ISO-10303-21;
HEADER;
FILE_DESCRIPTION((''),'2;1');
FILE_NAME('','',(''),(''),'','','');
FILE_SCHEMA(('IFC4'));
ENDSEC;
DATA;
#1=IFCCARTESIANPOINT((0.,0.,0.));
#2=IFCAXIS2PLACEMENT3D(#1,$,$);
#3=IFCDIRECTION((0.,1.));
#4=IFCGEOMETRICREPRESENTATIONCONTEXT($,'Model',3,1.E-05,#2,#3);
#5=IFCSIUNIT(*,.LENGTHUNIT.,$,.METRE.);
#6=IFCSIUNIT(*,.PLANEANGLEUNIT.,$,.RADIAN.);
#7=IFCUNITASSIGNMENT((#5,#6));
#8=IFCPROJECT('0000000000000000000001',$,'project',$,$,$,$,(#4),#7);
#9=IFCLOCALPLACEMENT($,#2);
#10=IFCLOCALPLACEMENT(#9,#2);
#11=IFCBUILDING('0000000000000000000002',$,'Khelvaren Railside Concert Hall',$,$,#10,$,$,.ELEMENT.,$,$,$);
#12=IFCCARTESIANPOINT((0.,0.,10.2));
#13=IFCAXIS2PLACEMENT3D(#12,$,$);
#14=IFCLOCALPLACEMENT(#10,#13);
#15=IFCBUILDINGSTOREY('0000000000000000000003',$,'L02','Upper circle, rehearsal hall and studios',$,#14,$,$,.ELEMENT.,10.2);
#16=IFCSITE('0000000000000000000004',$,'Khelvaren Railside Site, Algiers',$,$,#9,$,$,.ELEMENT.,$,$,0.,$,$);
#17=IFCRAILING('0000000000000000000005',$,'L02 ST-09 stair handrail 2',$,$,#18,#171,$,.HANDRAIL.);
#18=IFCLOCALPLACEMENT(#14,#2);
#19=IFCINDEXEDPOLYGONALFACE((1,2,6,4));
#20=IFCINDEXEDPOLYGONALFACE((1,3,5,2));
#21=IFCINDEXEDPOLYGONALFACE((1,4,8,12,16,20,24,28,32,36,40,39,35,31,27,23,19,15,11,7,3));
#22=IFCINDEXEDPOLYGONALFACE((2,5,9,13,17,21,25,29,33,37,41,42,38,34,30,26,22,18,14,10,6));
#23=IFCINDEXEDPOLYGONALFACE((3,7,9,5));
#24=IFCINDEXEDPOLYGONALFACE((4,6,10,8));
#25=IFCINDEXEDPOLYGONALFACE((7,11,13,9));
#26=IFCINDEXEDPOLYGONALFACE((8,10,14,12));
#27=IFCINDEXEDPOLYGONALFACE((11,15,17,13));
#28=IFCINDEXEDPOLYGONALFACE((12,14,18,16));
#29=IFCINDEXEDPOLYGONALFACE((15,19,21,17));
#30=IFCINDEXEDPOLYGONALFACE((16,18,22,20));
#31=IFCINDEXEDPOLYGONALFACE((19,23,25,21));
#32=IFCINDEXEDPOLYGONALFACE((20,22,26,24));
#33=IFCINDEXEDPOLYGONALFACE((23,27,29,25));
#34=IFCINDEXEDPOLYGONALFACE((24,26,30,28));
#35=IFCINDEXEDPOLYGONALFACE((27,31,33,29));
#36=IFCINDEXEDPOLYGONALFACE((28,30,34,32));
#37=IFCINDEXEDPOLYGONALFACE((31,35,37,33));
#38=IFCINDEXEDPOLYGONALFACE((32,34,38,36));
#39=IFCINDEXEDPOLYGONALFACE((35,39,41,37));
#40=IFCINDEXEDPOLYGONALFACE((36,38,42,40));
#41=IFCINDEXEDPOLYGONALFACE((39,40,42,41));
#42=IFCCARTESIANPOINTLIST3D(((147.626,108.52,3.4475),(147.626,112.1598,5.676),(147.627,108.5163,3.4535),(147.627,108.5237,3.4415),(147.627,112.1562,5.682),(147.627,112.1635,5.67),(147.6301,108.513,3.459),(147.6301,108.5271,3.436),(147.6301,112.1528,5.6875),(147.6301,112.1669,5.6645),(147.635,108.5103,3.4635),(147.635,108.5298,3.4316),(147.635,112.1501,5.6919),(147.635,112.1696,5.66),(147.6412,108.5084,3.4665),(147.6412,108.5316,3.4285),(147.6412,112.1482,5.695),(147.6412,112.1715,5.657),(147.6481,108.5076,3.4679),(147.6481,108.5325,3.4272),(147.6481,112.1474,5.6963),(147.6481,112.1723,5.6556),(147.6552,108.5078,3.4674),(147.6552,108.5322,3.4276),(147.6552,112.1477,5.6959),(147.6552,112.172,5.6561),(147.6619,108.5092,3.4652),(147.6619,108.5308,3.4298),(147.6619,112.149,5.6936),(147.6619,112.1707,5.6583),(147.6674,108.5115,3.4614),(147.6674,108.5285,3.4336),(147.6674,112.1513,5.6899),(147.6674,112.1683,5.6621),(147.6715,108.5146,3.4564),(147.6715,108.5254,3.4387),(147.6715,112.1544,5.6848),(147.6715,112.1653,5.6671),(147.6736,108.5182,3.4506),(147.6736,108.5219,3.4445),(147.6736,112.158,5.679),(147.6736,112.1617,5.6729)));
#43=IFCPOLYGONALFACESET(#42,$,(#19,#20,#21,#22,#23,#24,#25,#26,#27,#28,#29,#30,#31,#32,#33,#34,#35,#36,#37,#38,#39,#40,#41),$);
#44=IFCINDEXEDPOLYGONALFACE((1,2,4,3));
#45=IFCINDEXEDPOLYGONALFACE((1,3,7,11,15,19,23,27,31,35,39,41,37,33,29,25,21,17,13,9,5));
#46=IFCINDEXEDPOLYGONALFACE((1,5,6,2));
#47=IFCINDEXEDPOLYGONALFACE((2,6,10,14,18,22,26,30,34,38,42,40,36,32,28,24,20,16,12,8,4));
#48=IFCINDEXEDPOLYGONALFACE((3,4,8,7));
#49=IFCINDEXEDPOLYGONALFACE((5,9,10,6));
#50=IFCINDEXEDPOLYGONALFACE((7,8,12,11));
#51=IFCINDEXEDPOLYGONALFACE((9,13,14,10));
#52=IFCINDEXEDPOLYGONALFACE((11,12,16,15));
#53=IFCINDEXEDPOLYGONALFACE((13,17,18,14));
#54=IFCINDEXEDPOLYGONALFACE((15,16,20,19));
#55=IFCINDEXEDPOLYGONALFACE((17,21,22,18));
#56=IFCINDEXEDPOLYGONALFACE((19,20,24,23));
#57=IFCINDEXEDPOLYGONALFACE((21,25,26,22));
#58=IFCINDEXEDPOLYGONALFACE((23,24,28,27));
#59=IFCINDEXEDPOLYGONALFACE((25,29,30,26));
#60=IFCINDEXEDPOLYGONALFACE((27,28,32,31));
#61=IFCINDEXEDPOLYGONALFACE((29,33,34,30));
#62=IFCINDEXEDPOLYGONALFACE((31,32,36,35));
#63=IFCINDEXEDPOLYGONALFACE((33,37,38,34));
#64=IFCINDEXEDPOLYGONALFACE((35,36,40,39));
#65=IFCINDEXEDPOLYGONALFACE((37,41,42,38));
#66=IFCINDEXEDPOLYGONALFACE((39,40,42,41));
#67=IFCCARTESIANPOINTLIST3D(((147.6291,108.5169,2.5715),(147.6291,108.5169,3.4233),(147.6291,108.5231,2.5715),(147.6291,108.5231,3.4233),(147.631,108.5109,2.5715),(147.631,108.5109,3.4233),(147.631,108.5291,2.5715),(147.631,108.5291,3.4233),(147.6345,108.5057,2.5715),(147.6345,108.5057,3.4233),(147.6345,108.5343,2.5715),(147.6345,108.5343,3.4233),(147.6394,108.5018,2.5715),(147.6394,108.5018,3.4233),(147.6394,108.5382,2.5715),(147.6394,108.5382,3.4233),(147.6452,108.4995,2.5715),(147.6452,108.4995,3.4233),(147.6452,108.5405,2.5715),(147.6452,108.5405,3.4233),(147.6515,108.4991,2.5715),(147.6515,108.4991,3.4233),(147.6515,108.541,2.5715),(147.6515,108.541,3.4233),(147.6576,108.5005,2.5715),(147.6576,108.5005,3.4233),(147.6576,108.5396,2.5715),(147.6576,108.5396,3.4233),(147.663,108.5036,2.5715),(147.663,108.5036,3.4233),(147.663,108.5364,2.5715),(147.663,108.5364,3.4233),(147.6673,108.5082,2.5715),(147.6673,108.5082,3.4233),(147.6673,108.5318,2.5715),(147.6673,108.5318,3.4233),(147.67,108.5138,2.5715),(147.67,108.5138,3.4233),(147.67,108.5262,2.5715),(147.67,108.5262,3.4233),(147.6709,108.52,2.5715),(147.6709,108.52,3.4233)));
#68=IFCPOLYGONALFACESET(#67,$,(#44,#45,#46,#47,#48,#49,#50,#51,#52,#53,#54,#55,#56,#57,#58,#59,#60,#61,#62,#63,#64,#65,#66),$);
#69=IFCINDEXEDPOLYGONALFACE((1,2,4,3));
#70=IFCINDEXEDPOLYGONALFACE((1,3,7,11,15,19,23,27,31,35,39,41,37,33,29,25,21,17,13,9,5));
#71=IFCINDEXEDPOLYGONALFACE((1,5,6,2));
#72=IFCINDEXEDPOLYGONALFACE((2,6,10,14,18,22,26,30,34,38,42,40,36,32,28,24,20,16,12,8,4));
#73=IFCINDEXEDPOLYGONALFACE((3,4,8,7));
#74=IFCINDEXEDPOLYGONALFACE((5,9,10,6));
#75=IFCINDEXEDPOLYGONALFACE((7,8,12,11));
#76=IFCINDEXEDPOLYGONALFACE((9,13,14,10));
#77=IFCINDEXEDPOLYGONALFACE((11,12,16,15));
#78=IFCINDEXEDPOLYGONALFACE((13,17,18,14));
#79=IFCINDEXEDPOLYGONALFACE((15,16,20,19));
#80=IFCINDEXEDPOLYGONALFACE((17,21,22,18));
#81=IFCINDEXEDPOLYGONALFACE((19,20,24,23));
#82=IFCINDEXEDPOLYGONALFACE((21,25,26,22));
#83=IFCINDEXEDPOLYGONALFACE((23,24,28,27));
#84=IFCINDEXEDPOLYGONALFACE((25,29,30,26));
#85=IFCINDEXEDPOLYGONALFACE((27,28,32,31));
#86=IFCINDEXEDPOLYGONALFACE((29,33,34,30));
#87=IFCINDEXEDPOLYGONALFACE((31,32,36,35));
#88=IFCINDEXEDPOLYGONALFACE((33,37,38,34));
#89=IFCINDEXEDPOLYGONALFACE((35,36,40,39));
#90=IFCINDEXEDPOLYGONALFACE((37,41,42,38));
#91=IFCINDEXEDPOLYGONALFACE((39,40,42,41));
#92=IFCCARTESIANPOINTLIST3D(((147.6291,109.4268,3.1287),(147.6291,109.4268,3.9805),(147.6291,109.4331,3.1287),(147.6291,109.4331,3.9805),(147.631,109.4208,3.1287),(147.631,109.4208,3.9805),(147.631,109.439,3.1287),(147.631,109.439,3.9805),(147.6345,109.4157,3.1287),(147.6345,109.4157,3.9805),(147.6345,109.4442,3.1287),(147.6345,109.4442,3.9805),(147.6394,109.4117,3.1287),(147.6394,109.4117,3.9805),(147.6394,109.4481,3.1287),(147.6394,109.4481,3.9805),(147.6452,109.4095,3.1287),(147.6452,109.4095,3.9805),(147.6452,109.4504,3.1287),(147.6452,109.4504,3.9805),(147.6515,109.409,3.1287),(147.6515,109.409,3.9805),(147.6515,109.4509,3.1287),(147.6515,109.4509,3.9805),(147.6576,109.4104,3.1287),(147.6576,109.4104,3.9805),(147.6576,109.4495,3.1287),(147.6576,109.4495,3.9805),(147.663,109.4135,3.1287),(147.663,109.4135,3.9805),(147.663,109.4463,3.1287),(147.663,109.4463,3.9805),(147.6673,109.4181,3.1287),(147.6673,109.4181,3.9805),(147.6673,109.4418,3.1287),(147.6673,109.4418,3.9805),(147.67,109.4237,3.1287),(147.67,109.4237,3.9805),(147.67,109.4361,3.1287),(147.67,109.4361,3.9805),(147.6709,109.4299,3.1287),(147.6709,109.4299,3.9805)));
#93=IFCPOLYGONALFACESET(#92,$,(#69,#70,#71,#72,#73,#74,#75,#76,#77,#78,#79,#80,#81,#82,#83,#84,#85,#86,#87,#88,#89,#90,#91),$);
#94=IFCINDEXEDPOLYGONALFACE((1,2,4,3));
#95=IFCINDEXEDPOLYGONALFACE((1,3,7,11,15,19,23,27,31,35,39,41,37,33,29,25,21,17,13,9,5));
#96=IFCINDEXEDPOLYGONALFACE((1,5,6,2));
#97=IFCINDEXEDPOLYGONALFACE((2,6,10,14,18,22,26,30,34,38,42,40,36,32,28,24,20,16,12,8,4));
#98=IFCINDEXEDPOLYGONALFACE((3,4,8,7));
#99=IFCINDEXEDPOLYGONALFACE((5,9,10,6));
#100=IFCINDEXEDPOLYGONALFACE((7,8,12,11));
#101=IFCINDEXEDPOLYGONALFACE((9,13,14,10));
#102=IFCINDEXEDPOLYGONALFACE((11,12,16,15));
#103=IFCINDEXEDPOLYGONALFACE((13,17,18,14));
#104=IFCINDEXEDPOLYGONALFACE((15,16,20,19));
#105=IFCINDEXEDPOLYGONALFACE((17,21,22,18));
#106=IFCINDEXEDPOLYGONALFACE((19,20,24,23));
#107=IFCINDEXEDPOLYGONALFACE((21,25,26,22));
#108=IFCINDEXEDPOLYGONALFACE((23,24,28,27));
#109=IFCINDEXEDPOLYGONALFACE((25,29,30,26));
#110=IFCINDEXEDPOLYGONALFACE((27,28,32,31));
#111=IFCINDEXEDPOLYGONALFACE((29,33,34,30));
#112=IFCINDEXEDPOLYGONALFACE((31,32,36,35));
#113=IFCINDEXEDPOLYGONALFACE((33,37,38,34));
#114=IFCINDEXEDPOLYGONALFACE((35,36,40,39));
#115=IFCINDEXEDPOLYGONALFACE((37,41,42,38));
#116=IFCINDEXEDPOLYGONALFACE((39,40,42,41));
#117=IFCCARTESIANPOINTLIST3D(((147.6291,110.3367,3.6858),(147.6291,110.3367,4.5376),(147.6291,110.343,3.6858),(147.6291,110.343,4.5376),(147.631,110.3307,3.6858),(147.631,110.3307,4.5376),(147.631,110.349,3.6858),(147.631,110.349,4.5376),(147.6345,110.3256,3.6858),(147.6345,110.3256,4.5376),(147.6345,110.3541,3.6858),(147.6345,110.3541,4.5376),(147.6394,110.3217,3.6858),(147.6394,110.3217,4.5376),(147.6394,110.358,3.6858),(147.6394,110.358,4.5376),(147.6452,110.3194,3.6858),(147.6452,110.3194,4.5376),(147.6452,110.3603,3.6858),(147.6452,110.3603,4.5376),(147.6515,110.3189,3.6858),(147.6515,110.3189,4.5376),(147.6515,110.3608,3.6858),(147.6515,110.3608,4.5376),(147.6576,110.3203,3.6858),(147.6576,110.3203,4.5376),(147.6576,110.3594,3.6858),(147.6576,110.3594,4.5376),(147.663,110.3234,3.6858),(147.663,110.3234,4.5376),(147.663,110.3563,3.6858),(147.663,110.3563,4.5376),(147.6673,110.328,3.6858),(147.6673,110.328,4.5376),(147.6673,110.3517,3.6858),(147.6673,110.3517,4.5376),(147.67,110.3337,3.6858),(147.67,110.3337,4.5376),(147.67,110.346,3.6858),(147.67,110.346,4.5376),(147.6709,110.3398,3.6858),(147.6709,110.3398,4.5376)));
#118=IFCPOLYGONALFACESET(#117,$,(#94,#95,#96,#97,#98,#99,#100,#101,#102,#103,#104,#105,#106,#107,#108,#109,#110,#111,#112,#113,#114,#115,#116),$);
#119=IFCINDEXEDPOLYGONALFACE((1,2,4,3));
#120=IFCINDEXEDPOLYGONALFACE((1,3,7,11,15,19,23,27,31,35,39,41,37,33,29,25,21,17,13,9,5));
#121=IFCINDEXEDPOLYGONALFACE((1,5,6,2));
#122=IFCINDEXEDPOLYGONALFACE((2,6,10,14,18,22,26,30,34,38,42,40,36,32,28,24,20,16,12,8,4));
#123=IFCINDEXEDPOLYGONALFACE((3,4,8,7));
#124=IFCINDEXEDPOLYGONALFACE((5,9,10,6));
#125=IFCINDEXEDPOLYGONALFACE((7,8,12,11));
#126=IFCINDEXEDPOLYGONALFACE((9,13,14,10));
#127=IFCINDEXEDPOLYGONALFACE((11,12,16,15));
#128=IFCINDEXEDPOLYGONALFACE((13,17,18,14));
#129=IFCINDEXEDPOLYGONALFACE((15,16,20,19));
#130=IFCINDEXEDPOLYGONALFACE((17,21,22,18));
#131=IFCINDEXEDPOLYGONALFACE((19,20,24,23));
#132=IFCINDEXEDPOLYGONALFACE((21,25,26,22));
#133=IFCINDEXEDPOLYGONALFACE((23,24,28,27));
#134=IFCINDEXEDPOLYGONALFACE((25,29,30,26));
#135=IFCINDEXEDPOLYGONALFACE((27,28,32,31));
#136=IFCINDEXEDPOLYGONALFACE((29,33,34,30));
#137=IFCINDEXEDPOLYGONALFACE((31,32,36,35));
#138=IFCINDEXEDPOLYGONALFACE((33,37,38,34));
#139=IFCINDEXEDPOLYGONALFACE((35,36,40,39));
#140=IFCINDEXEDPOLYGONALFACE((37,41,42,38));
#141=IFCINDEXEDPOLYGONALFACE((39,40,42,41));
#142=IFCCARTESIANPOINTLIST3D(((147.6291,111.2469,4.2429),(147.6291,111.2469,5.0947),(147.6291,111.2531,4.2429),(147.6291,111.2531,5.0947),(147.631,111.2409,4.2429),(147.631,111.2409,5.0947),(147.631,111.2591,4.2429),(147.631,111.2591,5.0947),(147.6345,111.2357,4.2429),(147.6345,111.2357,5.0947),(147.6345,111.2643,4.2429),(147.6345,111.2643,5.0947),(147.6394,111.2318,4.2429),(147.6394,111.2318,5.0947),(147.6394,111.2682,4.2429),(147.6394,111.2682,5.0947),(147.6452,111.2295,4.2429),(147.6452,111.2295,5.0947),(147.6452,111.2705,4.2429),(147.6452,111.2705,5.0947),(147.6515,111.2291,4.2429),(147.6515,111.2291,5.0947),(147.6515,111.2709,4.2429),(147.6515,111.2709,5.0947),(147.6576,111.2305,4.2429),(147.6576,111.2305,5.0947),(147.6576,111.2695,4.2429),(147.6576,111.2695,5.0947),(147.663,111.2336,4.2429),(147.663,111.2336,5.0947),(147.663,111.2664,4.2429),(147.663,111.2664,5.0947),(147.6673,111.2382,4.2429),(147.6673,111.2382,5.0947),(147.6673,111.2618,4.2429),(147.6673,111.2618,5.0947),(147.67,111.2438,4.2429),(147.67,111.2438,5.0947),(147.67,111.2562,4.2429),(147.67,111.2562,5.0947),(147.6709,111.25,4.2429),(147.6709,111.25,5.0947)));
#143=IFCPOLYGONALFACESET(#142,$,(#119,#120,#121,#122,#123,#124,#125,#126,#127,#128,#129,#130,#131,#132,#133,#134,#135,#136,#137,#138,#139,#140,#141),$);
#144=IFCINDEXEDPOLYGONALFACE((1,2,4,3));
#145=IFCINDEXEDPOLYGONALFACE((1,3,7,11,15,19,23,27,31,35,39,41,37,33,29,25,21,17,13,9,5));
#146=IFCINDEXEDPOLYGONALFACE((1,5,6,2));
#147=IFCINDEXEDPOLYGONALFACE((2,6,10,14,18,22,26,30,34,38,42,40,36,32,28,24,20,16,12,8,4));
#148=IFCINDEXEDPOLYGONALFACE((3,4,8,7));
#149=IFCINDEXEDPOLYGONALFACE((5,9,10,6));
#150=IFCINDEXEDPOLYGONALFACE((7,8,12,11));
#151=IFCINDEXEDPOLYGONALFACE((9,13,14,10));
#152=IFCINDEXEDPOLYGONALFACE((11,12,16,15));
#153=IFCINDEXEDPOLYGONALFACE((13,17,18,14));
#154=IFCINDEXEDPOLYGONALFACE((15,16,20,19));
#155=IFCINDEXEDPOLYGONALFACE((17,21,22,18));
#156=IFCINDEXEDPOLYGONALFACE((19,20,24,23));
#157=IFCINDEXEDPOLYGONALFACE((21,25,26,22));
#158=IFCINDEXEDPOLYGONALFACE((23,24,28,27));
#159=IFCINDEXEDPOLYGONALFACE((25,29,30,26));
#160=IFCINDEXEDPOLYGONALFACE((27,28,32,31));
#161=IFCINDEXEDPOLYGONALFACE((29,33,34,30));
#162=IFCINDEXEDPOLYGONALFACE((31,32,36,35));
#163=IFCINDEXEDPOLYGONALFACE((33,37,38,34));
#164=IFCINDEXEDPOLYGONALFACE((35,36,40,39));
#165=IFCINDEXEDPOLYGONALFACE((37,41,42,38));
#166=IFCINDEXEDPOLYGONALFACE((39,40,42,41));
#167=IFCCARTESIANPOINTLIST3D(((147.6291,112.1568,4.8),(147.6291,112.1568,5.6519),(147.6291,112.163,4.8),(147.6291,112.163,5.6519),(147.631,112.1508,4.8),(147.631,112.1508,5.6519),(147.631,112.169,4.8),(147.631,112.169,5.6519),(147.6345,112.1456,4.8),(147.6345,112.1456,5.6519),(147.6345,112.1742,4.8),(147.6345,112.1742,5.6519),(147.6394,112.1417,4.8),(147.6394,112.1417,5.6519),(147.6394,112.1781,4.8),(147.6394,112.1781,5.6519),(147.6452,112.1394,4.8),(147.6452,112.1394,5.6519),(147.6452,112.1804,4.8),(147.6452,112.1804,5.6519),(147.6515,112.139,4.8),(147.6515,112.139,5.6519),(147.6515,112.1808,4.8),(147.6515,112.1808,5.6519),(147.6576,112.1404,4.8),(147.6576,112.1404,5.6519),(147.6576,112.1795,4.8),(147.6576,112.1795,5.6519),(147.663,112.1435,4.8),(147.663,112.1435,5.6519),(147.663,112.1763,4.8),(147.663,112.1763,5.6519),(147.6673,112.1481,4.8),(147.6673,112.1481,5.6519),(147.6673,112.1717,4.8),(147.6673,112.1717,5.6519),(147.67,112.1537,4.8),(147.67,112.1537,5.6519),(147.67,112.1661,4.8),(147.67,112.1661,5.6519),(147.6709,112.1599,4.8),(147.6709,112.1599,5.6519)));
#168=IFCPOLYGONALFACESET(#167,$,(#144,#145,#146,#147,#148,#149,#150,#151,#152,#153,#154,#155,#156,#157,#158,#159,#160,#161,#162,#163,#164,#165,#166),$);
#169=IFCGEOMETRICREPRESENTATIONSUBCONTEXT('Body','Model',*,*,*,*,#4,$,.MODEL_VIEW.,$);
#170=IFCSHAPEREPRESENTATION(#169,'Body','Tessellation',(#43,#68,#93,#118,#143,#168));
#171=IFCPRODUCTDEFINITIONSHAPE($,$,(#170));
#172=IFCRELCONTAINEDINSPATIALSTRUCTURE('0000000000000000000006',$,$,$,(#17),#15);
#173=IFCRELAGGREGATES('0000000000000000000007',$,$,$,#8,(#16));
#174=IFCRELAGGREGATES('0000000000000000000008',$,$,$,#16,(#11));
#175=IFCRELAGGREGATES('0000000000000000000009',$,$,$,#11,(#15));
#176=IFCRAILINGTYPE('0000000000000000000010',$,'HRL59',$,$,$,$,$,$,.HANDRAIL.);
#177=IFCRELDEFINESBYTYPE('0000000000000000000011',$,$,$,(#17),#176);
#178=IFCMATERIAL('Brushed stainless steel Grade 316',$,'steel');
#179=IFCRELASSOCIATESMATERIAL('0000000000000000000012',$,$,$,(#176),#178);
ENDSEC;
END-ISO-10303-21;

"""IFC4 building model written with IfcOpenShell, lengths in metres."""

from ifc_helpers import new_model, si_unit, direction, frame, origin, origin_2d, place, context, subcontext, project, spatial, circle, extrude, material, type_object, element, save


model = new_model("IFC4")

# Units and contexts
model_context = context("Model", 3, precision=1e-05, world=origin(), true_north=direction((0.0, 1.0)))
body_context = subcontext(model_context, "Body", "Model", "MODEL_VIEW")
ifc_project = project(units=[si_unit("LENGTHUNIT", "METRE"), si_unit("PLANEANGLEUNIT", "RADIAN")], contexts=[model_context])

# Site, building, storey
site_placement = place(None, origin())
site = spatial("IfcSite", under=ifc_project, at=site_placement, Name="Khelvaren Railside Site, Algiers", CompositionType="ELEMENT", RefElevation=0.0)
building_placement = place(site_placement, origin())
building = spatial("IfcBuilding", under=site, at=building_placement, Name="Khelvaren Railside Concert Hall", CompositionType="ELEMENT")
storey_placement = place(building_placement, frame((0.0, 0.0, 10.2)))
storey = spatial("IfcBuildingStorey", under=building, at=storey_placement, Name="L02", Description="Upper circle, rehearsal hall and studios", CompositionType="ELEMENT", Elevation=10.2)

# Railing
ifc_material_1 = material(Name="Brushed stainless steel Grade 316", Category="steel")
railing_type_1 = type_object("IfcRailingType", Name="HRL59", PredefinedType="HANDRAIL", material=ifc_material_1)
railing_1_placement = place(storey_placement, frame((147.6499, 108.52, 2.5715)))
element("IfcRailing", 1, at=railing_1_placement, inside=storey, type_object=railing_type_1, Name="L02 ST-09 stair handrail 2", PredefinedType="HANDRAIL", context=body_context, shape_type="SweptSolid", body=[
    extrude(circle(Radius=0.0239, at=origin_2d()), frame((0.0, 0.0, 0.876), z_axis=(0.0, 0.85285, 0.522156), x_axis=(-1.0, 0.0, 0.0)), (0.0, 0.0, 1.0), 4.2678),
    extrude(circle(Radius=0.021, at=origin_2d()), origin(), (0.0, 0.0, 1.0), 0.8518),
    extrude(circle(Radius=0.021, at=origin_2d()), frame((0.0, 0.9099, 0.5571)), (0.0, 0.0, 1.0), 0.8518),
    extrude(circle(Radius=0.021, at=origin_2d()), frame((0.0, 1.8198, 1.1143)), (0.0, 0.0, 1.0), 0.8518),
    extrude(circle(Radius=0.021, at=origin_2d()), frame((0.0, 2.73, 1.6714)), (0.0, 0.0, 1.0), 0.8518),
    extrude(circle(Radius=0.021, at=origin_2d()), frame((0.0, 3.6399, 2.2285)), (0.0, 0.0, 1.0), 0.8518),
])

save(model, "model.ifc")
